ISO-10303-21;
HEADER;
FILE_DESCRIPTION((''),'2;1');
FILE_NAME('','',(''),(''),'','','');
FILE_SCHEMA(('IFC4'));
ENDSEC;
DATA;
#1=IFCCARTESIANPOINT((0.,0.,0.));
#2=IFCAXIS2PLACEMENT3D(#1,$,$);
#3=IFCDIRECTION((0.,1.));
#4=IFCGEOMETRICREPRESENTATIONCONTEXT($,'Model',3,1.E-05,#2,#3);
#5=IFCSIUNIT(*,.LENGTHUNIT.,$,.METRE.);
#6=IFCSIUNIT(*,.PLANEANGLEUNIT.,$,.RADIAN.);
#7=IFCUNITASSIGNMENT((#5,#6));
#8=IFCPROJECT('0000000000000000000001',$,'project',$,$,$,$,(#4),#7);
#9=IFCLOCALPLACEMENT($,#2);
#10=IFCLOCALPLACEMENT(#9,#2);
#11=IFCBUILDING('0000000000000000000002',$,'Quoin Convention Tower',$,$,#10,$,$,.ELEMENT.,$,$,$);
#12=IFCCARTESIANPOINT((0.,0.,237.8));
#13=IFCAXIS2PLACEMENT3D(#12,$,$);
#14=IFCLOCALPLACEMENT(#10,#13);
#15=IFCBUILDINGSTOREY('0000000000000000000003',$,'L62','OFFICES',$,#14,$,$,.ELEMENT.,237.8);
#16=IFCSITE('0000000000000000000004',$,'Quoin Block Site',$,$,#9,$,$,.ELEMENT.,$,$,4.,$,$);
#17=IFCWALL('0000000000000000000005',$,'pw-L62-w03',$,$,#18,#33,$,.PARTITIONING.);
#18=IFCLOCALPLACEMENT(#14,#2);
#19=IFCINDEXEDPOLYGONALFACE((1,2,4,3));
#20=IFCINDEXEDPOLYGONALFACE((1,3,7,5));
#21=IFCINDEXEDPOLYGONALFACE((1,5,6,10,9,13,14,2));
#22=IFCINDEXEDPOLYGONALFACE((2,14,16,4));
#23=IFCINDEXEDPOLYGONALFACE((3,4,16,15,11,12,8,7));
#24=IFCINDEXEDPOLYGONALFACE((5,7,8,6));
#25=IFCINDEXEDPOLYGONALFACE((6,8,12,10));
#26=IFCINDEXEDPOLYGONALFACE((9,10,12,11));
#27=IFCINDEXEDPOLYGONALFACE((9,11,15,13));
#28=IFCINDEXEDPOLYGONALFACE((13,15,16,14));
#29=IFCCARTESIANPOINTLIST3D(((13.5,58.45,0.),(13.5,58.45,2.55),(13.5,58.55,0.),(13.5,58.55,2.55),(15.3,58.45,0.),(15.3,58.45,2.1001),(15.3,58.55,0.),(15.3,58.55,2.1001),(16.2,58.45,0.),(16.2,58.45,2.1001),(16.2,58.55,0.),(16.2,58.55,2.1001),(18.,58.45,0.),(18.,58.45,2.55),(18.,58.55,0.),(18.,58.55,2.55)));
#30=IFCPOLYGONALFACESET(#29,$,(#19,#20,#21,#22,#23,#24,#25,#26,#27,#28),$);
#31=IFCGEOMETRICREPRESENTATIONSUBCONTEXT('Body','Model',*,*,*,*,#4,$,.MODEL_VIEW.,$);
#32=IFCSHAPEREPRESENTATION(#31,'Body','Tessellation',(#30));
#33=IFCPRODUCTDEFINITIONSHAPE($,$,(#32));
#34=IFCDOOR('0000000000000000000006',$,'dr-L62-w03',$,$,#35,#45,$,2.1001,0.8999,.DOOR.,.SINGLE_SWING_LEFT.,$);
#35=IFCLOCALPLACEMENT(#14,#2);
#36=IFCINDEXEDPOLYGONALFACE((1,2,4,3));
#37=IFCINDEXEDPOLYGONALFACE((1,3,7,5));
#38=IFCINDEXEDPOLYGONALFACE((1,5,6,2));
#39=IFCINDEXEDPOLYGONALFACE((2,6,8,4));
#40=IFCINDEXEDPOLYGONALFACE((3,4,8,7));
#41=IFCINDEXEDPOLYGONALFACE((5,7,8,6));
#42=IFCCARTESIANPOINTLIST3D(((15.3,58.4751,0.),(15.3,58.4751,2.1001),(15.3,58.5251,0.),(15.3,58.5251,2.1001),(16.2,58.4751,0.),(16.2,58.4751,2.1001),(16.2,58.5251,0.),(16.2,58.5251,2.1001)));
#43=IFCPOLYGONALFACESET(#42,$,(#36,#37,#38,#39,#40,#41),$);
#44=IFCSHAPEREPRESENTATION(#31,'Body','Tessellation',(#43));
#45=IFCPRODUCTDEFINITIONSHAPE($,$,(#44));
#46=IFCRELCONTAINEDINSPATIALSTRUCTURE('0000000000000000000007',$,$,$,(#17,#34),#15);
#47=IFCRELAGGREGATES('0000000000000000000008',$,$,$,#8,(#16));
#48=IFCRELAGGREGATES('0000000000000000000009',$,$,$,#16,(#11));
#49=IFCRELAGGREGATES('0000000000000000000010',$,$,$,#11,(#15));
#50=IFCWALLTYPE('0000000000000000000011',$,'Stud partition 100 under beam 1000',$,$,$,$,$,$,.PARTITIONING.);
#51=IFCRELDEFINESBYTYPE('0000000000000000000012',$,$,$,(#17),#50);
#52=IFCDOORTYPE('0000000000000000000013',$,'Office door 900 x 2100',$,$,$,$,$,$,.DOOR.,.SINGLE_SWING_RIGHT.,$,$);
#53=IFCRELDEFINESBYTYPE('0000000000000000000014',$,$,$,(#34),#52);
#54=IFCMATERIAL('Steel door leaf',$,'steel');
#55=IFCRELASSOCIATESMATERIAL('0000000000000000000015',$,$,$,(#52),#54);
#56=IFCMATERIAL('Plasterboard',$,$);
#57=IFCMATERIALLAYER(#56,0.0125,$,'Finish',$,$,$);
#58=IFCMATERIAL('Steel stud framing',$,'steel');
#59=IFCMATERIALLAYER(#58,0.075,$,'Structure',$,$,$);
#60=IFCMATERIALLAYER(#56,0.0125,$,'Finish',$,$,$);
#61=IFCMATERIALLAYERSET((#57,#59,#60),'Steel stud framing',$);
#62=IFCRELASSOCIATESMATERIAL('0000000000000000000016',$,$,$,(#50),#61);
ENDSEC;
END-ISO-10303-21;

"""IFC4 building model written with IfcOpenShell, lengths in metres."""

from ifc_helpers import new_model, si_unit, direction, frame, frame_2d, origin, place, context, subcontext, project, spatial, rectangle, extrude, material, layer, layer_set, type_object, element, fill, save


model = new_model("IFC4")

# Units and contexts
model_context = context("Model", 3, precision=1e-05, world=origin(), true_north=direction((0.0, 1.0)))
body_context = subcontext(model_context, "Body", "Model", "MODEL_VIEW")
ifc_project = project(units=[si_unit("LENGTHUNIT", "METRE"), si_unit("PLANEANGLEUNIT", "RADIAN")], contexts=[model_context])

# Site, building, storey
site_placement = place(None, origin())
site = spatial("IfcSite", under=ifc_project, at=site_placement, Name="Quoin Block Site", CompositionType="ELEMENT", RefElevation=4.0)
building_placement = place(site_placement, origin())
building = spatial("IfcBuilding", under=site, at=building_placement, Name="Quoin Convention Tower", CompositionType="ELEMENT")
storey_placement = place(building_placement, frame((0.0, 0.0, 237.8)))
storey = spatial("IfcBuildingStorey", under=building, at=storey_placement, Name="L62", Description="OFFICES", CompositionType="ELEMENT", Elevation=237.8)

# Shared definitions
ifc_material_1 = material(Name="Plasterboard")
ifc_material_2 = material(Name="Steel stud framing", Category="steel")
ifc_material_3 = material(Name="Steel door leaf", Category="steel")

# Shared definitions
door_type_1 = type_object("IfcDoorType", Name="Office door 900 x 2100", OperationType="SINGLE_SWING_RIGHT", PredefinedType="DOOR", material=ifc_material_3)

# Shared definitions
ifc_layer_1 = layer(ifc_material_1, 0.0125, Name="Finish")
ifc_layer_2 = layer(ifc_material_2, 0.075, Name="Structure")
ifc_layer_3 = layer(ifc_material_1, 0.0125, Name="Finish")
ifc_layer_set_1 = layer_set([ifc_layer_1, ifc_layer_2, ifc_layer_3], Name="Steel stud framing")
wall_type_1 = type_object("IfcWallType", Name="Stud partition 100 under beam 1000", PredefinedType="PARTITIONING", material=ifc_layer_set_1)

# Wall, opening, door
wall_1_placement = place(storey_placement, frame((13.5, 58.5, 0.0), z_axis=(0.0, 0.0, 1.0), x_axis=(1.0, 0.0, 0.0)))
wall_1 = element("IfcWall", 1, at=wall_1_placement, inside=storey, type_object=wall_type_1, Name="pw-L62-w03", PredefinedType="PARTITIONING", context=body_context, shape_type="SweptSolid", body=[
    extrude(rectangle(XDim=4.5, YDim=0.1001, at=frame_2d((2.25, 0.0))), origin(), (0.0, 0.0, 1.0), 2.55),
])
opening_1_placement = place(wall_1_placement, frame((1.8, 0.0, 0.0)))
opening_1 = element("IfcOpeningElement", 2, at=opening_1_placement, cuts=wall_1, PredefinedType="OPENING", context=body_context, shape_type="SweptSolid", body=[
    extrude(rectangle(XDim=0.8999, YDim=2.1001, at=frame_2d((0.45, 1.05))), frame((0.0, 0.0601, 0.0), z_axis=(0.0, -1.0, 0.0), x_axis=(1.0, 0.0, 0.0)), (0.0, 0.0, 1.0), 0.1201),
])
door_1_placement = place(opening_1_placement, frame((0.8999, 0.0, 0.0), z_axis=(0.0, 0.0, 1.0), x_axis=(-1.0, 0.0, 0.0)))
door_1 = element("IfcDoor", 3, at=door_1_placement, inside=storey, type_object=door_type_1, Name="dr-L62-w03", OperationType="SINGLE_SWING_LEFT", OverallHeight=2.1001, OverallWidth=0.8999, PredefinedType="DOOR", context=body_context, shape_type="SweptSolid", body=[
    extrude(rectangle(XDim=0.8999, YDim=2.1001, at=frame_2d((0.45, 1.05))), frame((0.0, 0.0249, 0.0), z_axis=(0.0, -1.0, 0.0), x_axis=(1.0, 0.0, 0.0)), (0.0, 0.0, 1.0), 0.05),
])
fill(opening_1, door_1)

save(model, "model.ifc")
